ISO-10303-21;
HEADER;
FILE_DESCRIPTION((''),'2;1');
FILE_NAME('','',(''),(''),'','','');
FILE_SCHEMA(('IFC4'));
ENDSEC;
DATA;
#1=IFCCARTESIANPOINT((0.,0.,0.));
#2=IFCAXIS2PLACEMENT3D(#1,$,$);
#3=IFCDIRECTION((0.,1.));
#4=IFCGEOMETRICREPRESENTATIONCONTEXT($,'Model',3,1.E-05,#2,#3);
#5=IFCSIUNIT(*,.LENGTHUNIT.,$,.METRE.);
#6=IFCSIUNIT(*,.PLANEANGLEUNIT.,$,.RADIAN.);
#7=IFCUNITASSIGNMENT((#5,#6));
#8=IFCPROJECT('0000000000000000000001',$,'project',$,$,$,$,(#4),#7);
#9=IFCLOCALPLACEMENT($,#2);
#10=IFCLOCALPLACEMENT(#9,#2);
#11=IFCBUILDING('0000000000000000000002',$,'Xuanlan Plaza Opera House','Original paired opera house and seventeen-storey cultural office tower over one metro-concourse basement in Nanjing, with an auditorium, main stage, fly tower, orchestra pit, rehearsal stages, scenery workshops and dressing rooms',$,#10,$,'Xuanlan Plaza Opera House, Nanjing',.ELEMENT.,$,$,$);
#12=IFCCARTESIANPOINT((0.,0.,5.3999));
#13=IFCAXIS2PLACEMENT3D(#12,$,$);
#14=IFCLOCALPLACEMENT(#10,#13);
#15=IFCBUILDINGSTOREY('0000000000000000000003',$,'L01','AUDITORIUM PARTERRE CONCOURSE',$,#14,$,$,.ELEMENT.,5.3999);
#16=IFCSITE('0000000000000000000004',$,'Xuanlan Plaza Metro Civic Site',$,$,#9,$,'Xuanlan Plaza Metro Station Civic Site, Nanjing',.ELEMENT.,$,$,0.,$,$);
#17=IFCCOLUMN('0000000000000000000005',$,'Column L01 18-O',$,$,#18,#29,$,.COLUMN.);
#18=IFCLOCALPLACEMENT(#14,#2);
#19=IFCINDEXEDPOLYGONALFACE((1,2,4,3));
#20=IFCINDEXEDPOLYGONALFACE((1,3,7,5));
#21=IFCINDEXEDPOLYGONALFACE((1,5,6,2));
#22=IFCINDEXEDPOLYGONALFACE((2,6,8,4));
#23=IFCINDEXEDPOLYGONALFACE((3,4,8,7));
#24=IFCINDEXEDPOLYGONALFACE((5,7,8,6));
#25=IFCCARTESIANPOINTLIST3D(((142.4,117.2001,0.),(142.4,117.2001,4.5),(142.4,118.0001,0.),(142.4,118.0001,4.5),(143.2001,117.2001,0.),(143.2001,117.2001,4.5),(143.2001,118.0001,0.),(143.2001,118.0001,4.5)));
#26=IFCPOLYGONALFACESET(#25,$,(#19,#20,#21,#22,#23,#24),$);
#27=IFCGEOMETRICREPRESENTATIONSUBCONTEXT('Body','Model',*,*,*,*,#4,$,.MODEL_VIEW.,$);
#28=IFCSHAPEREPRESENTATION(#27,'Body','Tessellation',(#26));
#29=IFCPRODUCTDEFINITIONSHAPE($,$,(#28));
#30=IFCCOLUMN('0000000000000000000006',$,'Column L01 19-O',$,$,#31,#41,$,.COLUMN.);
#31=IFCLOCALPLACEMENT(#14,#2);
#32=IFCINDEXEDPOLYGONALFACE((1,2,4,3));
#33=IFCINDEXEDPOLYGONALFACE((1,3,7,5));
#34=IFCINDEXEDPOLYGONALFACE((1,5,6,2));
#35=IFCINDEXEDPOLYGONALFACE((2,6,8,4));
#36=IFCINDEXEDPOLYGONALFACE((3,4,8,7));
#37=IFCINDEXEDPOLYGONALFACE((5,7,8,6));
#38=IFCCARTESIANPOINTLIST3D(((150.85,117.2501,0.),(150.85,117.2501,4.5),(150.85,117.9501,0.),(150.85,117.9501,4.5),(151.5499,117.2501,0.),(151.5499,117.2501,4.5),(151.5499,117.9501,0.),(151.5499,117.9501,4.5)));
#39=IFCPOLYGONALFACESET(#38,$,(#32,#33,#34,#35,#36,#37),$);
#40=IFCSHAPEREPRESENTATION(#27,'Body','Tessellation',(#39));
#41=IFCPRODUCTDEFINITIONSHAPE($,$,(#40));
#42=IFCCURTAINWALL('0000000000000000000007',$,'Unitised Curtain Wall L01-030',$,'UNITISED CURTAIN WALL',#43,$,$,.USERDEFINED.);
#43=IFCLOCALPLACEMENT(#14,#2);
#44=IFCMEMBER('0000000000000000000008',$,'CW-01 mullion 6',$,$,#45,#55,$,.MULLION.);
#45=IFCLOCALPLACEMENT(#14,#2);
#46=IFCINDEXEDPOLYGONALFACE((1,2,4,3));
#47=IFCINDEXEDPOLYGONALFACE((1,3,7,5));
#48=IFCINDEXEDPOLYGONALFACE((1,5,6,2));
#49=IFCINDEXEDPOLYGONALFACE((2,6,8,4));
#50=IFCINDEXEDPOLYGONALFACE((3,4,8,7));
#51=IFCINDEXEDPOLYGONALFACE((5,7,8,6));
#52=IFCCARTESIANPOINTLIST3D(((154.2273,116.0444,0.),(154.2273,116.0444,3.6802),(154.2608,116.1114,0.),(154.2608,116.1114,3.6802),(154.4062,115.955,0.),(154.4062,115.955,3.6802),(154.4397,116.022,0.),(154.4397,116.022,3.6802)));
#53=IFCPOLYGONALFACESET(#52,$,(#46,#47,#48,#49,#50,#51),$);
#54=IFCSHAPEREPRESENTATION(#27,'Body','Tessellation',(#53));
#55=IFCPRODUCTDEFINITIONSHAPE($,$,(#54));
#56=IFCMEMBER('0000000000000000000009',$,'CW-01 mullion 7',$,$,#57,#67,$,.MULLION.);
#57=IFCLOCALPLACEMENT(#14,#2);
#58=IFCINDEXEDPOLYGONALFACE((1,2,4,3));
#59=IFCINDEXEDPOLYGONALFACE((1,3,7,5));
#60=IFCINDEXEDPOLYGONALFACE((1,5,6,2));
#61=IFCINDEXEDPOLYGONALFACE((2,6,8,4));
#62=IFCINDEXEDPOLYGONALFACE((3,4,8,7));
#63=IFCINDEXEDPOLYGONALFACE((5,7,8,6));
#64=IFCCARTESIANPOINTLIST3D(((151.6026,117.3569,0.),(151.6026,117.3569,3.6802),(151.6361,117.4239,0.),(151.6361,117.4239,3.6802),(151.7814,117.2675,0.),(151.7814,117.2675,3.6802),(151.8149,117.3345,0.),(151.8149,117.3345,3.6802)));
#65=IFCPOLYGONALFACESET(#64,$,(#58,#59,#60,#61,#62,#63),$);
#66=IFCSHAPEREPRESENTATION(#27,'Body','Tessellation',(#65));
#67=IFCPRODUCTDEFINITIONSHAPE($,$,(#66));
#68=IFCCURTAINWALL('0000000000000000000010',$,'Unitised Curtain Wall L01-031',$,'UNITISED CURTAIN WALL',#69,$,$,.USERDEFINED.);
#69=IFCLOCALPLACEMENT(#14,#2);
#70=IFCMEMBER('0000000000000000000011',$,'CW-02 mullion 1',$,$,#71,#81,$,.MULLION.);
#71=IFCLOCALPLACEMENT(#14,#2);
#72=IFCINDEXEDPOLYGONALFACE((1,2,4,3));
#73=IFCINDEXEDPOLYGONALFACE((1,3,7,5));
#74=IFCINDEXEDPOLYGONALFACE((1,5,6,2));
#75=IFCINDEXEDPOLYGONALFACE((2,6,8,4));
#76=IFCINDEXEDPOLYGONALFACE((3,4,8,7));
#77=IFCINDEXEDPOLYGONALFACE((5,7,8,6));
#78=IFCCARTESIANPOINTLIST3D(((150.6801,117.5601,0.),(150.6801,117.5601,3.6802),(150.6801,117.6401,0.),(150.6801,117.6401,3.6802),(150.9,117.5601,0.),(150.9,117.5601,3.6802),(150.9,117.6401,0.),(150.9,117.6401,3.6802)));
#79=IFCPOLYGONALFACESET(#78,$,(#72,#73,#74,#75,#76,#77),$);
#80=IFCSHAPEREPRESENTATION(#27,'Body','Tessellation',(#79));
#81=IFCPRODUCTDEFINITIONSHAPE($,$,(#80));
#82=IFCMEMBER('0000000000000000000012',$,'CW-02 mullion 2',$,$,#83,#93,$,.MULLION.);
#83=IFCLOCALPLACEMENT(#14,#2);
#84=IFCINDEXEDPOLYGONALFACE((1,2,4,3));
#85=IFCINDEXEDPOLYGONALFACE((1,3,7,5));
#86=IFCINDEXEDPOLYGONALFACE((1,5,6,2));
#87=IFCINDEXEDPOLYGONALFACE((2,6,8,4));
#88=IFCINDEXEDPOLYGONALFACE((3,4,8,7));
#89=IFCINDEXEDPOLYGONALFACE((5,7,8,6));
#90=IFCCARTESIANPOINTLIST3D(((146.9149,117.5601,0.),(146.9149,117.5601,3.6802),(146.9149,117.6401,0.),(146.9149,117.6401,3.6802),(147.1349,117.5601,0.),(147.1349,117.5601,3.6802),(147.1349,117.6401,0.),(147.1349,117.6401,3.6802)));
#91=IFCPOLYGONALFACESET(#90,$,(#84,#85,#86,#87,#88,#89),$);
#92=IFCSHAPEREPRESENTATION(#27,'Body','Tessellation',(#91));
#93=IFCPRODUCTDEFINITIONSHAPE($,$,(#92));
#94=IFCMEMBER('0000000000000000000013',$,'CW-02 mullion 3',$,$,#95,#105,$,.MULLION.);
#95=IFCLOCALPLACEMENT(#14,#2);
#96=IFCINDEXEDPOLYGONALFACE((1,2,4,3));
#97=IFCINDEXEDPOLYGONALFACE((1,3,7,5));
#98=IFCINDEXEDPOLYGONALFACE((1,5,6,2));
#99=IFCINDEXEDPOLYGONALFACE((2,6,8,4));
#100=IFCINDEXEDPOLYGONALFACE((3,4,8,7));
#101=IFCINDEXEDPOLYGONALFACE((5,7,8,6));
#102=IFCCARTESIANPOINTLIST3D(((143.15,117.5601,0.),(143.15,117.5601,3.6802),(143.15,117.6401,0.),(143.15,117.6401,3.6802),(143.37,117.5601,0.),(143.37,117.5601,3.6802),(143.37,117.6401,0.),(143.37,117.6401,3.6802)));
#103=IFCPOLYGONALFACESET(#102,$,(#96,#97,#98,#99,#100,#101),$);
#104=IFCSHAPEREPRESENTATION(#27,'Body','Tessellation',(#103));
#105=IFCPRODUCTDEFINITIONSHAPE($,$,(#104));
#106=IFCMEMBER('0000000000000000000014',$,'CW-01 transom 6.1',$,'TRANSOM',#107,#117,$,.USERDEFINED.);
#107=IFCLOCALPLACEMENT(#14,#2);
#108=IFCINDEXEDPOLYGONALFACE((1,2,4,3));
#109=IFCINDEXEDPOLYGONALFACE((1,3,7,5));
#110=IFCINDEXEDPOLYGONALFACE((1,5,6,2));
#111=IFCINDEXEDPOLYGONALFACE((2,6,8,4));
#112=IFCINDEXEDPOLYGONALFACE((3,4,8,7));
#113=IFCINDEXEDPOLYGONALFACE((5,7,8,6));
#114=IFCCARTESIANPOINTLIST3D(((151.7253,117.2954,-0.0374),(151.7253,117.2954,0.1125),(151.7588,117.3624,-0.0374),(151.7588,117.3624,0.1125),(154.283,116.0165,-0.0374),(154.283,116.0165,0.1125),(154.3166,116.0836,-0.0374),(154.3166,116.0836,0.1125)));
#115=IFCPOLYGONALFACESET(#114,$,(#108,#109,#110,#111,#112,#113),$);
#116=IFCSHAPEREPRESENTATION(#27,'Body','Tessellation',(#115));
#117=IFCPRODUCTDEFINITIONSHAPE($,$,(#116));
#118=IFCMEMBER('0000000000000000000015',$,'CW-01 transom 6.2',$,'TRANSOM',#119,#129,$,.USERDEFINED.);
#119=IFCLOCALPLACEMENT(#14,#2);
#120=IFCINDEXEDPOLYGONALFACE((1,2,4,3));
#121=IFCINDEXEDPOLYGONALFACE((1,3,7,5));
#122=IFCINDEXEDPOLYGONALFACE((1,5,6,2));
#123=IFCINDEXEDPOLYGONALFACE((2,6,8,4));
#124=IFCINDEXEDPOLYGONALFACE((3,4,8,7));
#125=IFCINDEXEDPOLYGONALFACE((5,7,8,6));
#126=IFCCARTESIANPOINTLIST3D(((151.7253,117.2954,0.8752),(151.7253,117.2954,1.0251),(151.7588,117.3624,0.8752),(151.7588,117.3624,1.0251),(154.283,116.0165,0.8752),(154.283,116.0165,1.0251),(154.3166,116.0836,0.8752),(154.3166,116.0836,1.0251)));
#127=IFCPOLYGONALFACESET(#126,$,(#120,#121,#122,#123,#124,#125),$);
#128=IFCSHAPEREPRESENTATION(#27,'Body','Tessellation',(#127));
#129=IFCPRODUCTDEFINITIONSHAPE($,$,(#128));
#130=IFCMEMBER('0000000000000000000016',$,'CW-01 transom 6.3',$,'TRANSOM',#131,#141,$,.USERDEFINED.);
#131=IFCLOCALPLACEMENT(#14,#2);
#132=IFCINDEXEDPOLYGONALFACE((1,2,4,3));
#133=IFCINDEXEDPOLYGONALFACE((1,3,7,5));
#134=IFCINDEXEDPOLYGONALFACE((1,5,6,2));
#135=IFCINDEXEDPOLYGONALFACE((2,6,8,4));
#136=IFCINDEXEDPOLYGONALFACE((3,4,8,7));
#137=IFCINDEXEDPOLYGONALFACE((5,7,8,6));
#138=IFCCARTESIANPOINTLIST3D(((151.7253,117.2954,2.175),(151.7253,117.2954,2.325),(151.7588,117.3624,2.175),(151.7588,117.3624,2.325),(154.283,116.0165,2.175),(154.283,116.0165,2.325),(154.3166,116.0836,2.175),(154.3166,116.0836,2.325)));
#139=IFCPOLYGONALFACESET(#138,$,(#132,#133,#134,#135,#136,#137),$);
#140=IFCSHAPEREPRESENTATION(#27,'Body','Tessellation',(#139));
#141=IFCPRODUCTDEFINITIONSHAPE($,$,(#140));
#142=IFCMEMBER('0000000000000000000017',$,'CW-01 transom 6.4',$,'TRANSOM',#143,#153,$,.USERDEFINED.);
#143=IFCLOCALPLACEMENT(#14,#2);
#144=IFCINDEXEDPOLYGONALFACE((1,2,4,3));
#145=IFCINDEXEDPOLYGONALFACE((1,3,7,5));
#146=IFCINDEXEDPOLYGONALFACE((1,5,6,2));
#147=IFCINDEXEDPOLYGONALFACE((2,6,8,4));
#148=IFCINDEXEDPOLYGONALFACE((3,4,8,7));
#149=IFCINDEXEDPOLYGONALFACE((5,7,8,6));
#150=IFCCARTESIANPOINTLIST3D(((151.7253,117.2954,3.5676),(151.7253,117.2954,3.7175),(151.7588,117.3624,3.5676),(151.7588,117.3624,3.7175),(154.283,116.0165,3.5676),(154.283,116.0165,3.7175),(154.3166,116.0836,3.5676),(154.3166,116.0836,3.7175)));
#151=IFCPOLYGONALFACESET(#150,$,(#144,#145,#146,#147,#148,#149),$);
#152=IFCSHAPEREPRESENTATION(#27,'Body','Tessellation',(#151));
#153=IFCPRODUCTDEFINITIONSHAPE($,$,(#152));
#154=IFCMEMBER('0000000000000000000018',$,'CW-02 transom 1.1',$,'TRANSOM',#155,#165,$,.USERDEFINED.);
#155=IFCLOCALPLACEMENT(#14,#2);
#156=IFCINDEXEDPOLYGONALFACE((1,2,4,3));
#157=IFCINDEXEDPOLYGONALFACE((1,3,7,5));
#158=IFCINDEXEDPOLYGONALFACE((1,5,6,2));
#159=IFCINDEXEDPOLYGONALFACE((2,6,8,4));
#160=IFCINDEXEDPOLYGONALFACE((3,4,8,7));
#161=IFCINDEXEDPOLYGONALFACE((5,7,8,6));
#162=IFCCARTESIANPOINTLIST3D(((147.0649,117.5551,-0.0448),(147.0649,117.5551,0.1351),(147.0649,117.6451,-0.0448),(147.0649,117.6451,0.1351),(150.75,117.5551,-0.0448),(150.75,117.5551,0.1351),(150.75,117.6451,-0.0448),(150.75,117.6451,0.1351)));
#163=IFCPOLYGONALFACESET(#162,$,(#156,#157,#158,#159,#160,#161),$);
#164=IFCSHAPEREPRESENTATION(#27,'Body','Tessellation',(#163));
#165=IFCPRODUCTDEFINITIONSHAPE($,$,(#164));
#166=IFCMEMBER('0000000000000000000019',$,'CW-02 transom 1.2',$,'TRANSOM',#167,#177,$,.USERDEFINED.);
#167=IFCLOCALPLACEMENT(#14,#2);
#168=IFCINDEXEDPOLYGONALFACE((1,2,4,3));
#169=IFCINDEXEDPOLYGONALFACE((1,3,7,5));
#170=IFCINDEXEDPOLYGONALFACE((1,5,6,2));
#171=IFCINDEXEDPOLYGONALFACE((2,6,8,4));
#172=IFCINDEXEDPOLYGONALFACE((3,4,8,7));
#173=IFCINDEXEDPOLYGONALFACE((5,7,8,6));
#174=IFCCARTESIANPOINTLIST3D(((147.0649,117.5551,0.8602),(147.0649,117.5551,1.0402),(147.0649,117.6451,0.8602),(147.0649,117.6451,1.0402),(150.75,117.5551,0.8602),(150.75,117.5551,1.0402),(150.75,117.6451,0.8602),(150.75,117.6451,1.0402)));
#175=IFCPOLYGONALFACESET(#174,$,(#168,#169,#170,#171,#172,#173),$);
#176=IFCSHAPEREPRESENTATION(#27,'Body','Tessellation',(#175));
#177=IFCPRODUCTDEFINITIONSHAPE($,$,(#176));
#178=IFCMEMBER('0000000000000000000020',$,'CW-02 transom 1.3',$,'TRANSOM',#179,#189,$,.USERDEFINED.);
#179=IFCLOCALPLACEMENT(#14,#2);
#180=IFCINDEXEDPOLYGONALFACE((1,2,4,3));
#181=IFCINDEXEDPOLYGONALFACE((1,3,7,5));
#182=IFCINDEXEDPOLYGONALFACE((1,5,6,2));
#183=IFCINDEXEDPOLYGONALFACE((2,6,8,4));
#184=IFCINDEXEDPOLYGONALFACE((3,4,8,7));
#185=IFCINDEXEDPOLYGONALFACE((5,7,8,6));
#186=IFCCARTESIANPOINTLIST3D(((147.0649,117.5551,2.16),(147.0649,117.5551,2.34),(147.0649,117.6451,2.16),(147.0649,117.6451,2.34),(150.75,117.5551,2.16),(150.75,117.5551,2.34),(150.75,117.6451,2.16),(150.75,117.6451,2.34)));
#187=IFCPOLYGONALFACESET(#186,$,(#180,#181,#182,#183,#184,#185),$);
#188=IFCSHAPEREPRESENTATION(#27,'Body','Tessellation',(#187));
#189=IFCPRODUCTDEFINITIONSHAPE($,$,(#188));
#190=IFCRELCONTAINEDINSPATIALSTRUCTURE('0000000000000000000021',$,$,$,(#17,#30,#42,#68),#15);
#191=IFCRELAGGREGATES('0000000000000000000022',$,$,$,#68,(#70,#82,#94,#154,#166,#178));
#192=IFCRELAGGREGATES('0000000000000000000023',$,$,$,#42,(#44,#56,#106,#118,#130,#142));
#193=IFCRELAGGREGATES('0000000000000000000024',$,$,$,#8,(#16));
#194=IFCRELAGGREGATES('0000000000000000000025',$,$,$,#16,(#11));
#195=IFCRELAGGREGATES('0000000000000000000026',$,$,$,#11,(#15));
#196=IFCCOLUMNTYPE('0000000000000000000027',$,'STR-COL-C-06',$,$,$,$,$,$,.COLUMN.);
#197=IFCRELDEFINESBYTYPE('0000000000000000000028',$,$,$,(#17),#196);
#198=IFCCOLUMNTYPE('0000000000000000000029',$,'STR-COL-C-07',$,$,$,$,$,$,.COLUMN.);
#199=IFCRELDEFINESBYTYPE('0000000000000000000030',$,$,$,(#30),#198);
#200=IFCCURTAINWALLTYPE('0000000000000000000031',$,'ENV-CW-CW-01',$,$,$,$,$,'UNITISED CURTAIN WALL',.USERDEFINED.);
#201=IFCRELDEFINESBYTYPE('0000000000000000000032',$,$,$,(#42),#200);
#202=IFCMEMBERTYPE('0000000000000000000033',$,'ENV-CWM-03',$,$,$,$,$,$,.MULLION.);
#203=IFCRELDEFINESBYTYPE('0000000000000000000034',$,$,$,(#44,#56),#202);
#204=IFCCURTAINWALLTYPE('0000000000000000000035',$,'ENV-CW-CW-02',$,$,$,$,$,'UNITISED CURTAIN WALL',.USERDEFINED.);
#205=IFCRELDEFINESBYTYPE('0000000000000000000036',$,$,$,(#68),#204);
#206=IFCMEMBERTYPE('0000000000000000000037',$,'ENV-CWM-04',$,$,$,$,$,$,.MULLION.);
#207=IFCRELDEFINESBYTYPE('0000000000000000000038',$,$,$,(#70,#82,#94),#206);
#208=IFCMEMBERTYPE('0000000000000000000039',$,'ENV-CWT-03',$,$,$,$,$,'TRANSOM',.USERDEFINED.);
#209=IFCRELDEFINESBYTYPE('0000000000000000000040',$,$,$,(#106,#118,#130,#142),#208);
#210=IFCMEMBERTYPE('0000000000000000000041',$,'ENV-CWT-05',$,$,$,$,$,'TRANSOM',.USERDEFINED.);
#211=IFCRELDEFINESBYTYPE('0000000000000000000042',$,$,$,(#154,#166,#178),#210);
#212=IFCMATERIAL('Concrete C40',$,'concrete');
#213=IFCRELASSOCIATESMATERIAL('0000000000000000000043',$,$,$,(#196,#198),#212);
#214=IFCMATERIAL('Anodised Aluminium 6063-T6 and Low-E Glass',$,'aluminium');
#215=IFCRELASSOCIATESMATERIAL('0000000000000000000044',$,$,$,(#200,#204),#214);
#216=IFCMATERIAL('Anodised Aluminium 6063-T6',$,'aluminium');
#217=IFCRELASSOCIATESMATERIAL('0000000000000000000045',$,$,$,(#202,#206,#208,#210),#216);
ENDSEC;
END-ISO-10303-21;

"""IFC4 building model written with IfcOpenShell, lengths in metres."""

from ifc_helpers import new_model, si_unit, direction, frame, origin, origin_2d, place, context, subcontext, project, spatial, rectangle, extrude, material, material_profile, profile_set, type_object, element, aggregate, save


model = new_model("IFC4")

# Units and contexts
model_context = context("Model", 3, precision=1e-05, world=origin(), true_north=direction((0.0, 1.0)))
body_context = subcontext(model_context, "Body", "Model", "MODEL_VIEW")
ifc_project = project(units=[si_unit("LENGTHUNIT", "METRE"), si_unit("PLANEANGLEUNIT", "RADIAN")], contexts=[model_context])

# Site, building, storey
site_placement = place(None, origin())
site = spatial("IfcSite", under=ifc_project, at=site_placement, Name="Xuanlan Plaza Metro Civic Site", LongName="Xuanlan Plaza Metro Station Civic Site, Nanjing", CompositionType="ELEMENT", RefElevation=0.0)
building_placement = place(site_placement, origin())
building = spatial("IfcBuilding", under=site, at=building_placement, Name="Xuanlan Plaza Opera House", Description="Original paired opera house and seventeen-storey cultural office tower over one metro-concourse basement in Nanjing, with an auditorium, main stage, fly tower, orchestra pit, rehearsal stages, scenery workshops and dressing rooms", LongName="Xuanlan Plaza Opera House, Nanjing", CompositionType="ELEMENT")
storey_placement = place(building_placement, frame((0.0, 0.0, 5.3999)))
storey = spatial("IfcBuildingStorey", under=building, at=storey_placement, Name="L01", Description="AUDITORIUM PARTERRE CONCOURSE", CompositionType="ELEMENT", Elevation=5.3999)

# Columns
ifc_material_1 = material(Name="Concrete C40", Category="concrete")
ifc_material_profile_1 = material_profile(ifc_material_1, rectangle(XDim=0.8, YDim=0.8, at=origin_2d()), Name="RC-COL 800x800")
ifc_profile_set_1 = profile_set([ifc_material_profile_1], Name="Concrete C40")
column_type_1 = type_object("IfcColumnType", Name="STR-COL-C-06", PredefinedType="COLUMN", material=ifc_profile_set_1)
column_1_placement = place(storey_placement, frame((142.8, 117.6001, 0.0), z_axis=(0.0, 0.0, 1.0), x_axis=(1.0, 0.0, 0.0)))
element("IfcColumn", 1, at=column_1_placement, inside=storey, type_object=column_type_1, Name="Column L01 18-O", PredefinedType="COLUMN", context=body_context, shape_type="SweptSolid", body=[
    extrude(rectangle(XDim=0.8, YDim=0.8, at=origin_2d()), origin(), (0.0, 0.0, 1.0), 4.5),
])
ifc_material_profile_2 = material_profile(ifc_material_1, rectangle(XDim=0.7, YDim=0.7, at=origin_2d()), Name="RC-COL 700x700")
ifc_profile_set_2 = profile_set([ifc_material_profile_2], Name="Concrete C40")
column_type_2 = type_object("IfcColumnType", Name="STR-COL-C-07", PredefinedType="COLUMN", material=ifc_profile_set_2)
column_2_placement = place(storey_placement, frame((151.2, 117.6001, 0.0), z_axis=(0.0, 0.0, 1.0), x_axis=(1.0, 0.0, 0.0)))
element("IfcColumn", 2, at=column_2_placement, inside=storey, type_object=column_type_2, Name="Column L01 19-O", PredefinedType="COLUMN", context=body_context, shape_type="SweptSolid", body=[
    extrude(rectangle(XDim=0.7, YDim=0.7, at=origin_2d()), origin(), (0.0, 0.0, 1.0), 4.5),
])

# Curtain walls, members
ifc_material_2 = material(Name="Anodised Aluminium 6063-T6 and Low-E Glass", Category="aluminium")
curtain_wall_type_1 = type_object("IfcCurtainWallType", Name="ENV-CW-CW-01", ElementType="UNITISED CURTAIN WALL", PredefinedType="USERDEFINED", material=ifc_material_2)
curtain_wall_1_placement = place(storey_placement, origin())
curtain_wall_1 = element("IfcCurtainWall", 3, at=curtain_wall_1_placement, inside=storey, type_object=curtain_wall_type_1, Name="Unitised Curtain Wall L01-030", ObjectType="UNITISED CURTAIN WALL", PredefinedType="USERDEFINED")
ifc_material_3 = material(Name="Anodised Aluminium 6063-T6", Category="aluminium")
ifc_material_profile_3 = material_profile(ifc_material_3, rectangle(XDim=0.075, YDim=0.2, at=origin_2d()), Name="ALU-M 75x200")
ifc_profile_set_3 = profile_set([ifc_material_profile_3], Name="Anodised Aluminium 6063-T6")
member_type_1 = type_object("IfcMemberType", Name="ENV-CWM-03", PredefinedType="MULLION", material=ifc_profile_set_3)
member_1_placement = place(storey_placement, frame((154.3335, 116.0332, 0.0), z_axis=(0.0, 0.0, 1.0), x_axis=(-0.447214, -0.894427, 0.0)))
member_1 = element("IfcMember", 4, at=member_1_placement, type_object=member_type_1, Name="CW-01 mullion 6", PredefinedType="MULLION", context=body_context, shape_type="SweptSolid", body=[
    extrude(rectangle(XDim=0.075, YDim=0.2, at=origin_2d()), origin(), (0.0, 0.0, 1.0), 3.6802),
])
member_2_placement = place(storey_placement, frame((151.7087, 117.3457, 0.0), z_axis=(0.0, 0.0, 1.0), x_axis=(-0.447214, -0.894427, 0.0)))
member_2 = element("IfcMember", 5, at=member_2_placement, type_object=member_type_1, Name="CW-01 mullion 7", PredefinedType="MULLION", context=body_context, shape_type="SweptSolid", body=[
    extrude(rectangle(XDim=0.075, YDim=0.2, at=origin_2d()), origin(), (0.0, 0.0, 1.0), 3.6802),
])
curtain_wall_type_2 = type_object("IfcCurtainWallType", Name="ENV-CW-CW-02", ElementType="UNITISED CURTAIN WALL", PredefinedType="USERDEFINED", material=ifc_material_2)
curtain_wall_2_placement = place(storey_placement, origin())
curtain_wall_2 = element("IfcCurtainWall", 6, at=curtain_wall_2_placement, inside=storey, type_object=curtain_wall_type_2, Name="Unitised Curtain Wall L01-031", ObjectType="UNITISED CURTAIN WALL", PredefinedType="USERDEFINED")
ifc_material_profile_4 = material_profile(ifc_material_3, rectangle(XDim=0.0801, YDim=0.22, at=origin_2d()), Name="ALU-M 80x220")
ifc_profile_set_4 = profile_set([ifc_material_profile_4], Name="Anodised Aluminium 6063-T6")
member_type_2 = type_object("IfcMemberType", Name="ENV-CWM-04", PredefinedType="MULLION", material=ifc_profile_set_4)
member_3_placement = place(storey_placement, frame((150.79, 117.6001, 0.0), z_axis=(0.0, 0.0, 1.0), x_axis=(0.0, -1.0, 0.0)))
member_3 = element("IfcMember", 7, at=member_3_placement, type_object=member_type_2, Name="CW-02 mullion 1", PredefinedType="MULLION", context=body_context, shape_type="SweptSolid", body=[
    extrude(rectangle(XDim=0.0801, YDim=0.22, at=origin_2d()), origin(), (0.0, 0.0, 1.0), 3.6802),
])
member_4_placement = place(storey_placement, frame((147.0249, 117.6001, 0.0), z_axis=(0.0, 0.0, 1.0), x_axis=(0.0, -1.0, 0.0)))
member_4 = element("IfcMember", 8, at=member_4_placement, type_object=member_type_2, Name="CW-02 mullion 2", PredefinedType="MULLION", context=body_context, shape_type="SweptSolid", body=[
    extrude(rectangle(XDim=0.0801, YDim=0.22, at=origin_2d()), origin(), (0.0, 0.0, 1.0), 3.6802),
])
member_5_placement = place(storey_placement, frame((143.26, 117.6001, 0.0), z_axis=(0.0, 0.0, 1.0), x_axis=(0.0, -1.0, 0.0)))
member_5 = element("IfcMember", 9, at=member_5_placement, type_object=member_type_2, Name="CW-02 mullion 3", PredefinedType="MULLION", context=body_context, shape_type="SweptSolid", body=[
    extrude(rectangle(XDim=0.0801, YDim=0.22, at=origin_2d()), origin(), (0.0, 0.0, 1.0), 3.6802),
])

# Members
ifc_material_profile_5 = material_profile(ifc_material_3, rectangle(XDim=0.075, YDim=0.1499, at=origin_2d()), Name="ALU-T 75x150")
ifc_profile_set_5 = profile_set([ifc_material_profile_5], Name="Anodised Aluminium 6063-T6")
member_type_3 = type_object("IfcMemberType", Name="ENV-CWT-03", ElementType="TRANSOM", PredefinedType="USERDEFINED", material=ifc_profile_set_5)
member_6_placement = place(storey_placement, frame((154.2998, 116.05, 0.0376), z_axis=(-0.894427, 0.447214, 0.0), x_axis=(-0.447214, -0.894427, 0.0)))
member_6 = element("IfcMember", 10, at=member_6_placement, type_object=member_type_3, Name="CW-01 transom 6.1", ObjectType="TRANSOM", PredefinedType="USERDEFINED", context=body_context, shape_type="SweptSolid", body=[
    extrude(rectangle(XDim=0.075, YDim=0.1499, at=origin_2d()), origin(), (0.0, 0.0, 1.0), 2.8596),
])
member_7_placement = place(storey_placement, frame((154.2998, 116.05, 0.9502), z_axis=(-0.894427, 0.447214, 0.0), x_axis=(-0.447214, -0.894427, 0.0)))
member_7 = element("IfcMember", 11, at=member_7_placement, type_object=member_type_3, Name="CW-01 transom 6.2", ObjectType="TRANSOM", PredefinedType="USERDEFINED", context=body_context, shape_type="SweptSolid", body=[
    extrude(rectangle(XDim=0.075, YDim=0.1499, at=origin_2d()), origin(), (0.0, 0.0, 1.0), 2.8596),
])
member_8_placement = place(storey_placement, frame((154.2998, 116.05, 2.25), z_axis=(-0.894427, 0.447214, 0.0), x_axis=(-0.447214, -0.894427, 0.0)))
member_8 = element("IfcMember", 12, at=member_8_placement, type_object=member_type_3, Name="CW-01 transom 6.3", ObjectType="TRANSOM", PredefinedType="USERDEFINED", context=body_context, shape_type="SweptSolid", body=[
    extrude(rectangle(XDim=0.075, YDim=0.1499, at=origin_2d()), origin(), (0.0, 0.0, 1.0), 2.8596),
])
member_9_placement = place(storey_placement, frame((154.2998, 116.05, 3.6426), z_axis=(-0.894427, 0.447214, 0.0), x_axis=(-0.447214, -0.894427, 0.0)))
member_9 = element("IfcMember", 13, at=member_9_placement, type_object=member_type_3, Name="CW-01 transom 6.4", ObjectType="TRANSOM", PredefinedType="USERDEFINED", context=body_context, shape_type="SweptSolid", body=[
    extrude(rectangle(XDim=0.075, YDim=0.1499, at=origin_2d()), origin(), (0.0, 0.0, 1.0), 2.8596),
])
ifc_material_profile_6 = material_profile(ifc_material_3, rectangle(XDim=0.0901, YDim=0.1799, at=origin_2d()), Name="ALU-T 90x180")
ifc_profile_set_6 = profile_set([ifc_material_profile_6], Name="Anodised Aluminium 6063-T6")
member_type_4 = type_object("IfcMemberType", Name="ENV-CWT-05", ElementType="TRANSOM", PredefinedType="USERDEFINED", material=ifc_profile_set_6)
member_10_placement = place(storey_placement, frame((150.75, 117.6001, 0.0452), z_axis=(-1.0, 0.0, 0.0), x_axis=(0.0, -1.0, 0.0)))
member_10 = element("IfcMember", 14, at=member_10_placement, type_object=member_type_4, Name="CW-02 transom 1.1", ObjectType="TRANSOM", PredefinedType="USERDEFINED", context=body_context, shape_type="SweptSolid", body=[
    extrude(rectangle(XDim=0.0901, YDim=0.1799, at=origin_2d()), origin(), (0.0, 0.0, 1.0), 3.6851),
])
member_11_placement = place(storey_placement, frame((150.75, 117.6001, 0.9502), z_axis=(-1.0, 0.0, 0.0), x_axis=(0.0, -1.0, 0.0)))
member_11 = element("IfcMember", 15, at=member_11_placement, type_object=member_type_4, Name="CW-02 transom 1.2", ObjectType="TRANSOM", PredefinedType="USERDEFINED", context=body_context, shape_type="SweptSolid", body=[
    extrude(rectangle(XDim=0.0901, YDim=0.1799, at=origin_2d()), origin(), (0.0, 0.0, 1.0), 3.6851),
])
member_12_placement = place(storey_placement, frame((150.75, 117.6001, 2.25), z_axis=(-1.0, 0.0, 0.0), x_axis=(0.0, -1.0, 0.0)))
member_12 = element("IfcMember", 16, at=member_12_placement, type_object=member_type_4, Name="CW-02 transom 1.3", ObjectType="TRANSOM", PredefinedType="USERDEFINED", context=body_context, shape_type="SweptSolid", body=[
    extrude(rectangle(XDim=0.0901, YDim=0.1799, at=origin_2d()), origin(), (0.0, 0.0, 1.0), 3.6851),
])

aggregate(curtain_wall_2, [member_3, member_4, member_5, member_10, member_11, member_12])
aggregate(curtain_wall_1, [member_1, member_2, member_6, member_7, member_8, member_9])

save(model, "model.ifc")
